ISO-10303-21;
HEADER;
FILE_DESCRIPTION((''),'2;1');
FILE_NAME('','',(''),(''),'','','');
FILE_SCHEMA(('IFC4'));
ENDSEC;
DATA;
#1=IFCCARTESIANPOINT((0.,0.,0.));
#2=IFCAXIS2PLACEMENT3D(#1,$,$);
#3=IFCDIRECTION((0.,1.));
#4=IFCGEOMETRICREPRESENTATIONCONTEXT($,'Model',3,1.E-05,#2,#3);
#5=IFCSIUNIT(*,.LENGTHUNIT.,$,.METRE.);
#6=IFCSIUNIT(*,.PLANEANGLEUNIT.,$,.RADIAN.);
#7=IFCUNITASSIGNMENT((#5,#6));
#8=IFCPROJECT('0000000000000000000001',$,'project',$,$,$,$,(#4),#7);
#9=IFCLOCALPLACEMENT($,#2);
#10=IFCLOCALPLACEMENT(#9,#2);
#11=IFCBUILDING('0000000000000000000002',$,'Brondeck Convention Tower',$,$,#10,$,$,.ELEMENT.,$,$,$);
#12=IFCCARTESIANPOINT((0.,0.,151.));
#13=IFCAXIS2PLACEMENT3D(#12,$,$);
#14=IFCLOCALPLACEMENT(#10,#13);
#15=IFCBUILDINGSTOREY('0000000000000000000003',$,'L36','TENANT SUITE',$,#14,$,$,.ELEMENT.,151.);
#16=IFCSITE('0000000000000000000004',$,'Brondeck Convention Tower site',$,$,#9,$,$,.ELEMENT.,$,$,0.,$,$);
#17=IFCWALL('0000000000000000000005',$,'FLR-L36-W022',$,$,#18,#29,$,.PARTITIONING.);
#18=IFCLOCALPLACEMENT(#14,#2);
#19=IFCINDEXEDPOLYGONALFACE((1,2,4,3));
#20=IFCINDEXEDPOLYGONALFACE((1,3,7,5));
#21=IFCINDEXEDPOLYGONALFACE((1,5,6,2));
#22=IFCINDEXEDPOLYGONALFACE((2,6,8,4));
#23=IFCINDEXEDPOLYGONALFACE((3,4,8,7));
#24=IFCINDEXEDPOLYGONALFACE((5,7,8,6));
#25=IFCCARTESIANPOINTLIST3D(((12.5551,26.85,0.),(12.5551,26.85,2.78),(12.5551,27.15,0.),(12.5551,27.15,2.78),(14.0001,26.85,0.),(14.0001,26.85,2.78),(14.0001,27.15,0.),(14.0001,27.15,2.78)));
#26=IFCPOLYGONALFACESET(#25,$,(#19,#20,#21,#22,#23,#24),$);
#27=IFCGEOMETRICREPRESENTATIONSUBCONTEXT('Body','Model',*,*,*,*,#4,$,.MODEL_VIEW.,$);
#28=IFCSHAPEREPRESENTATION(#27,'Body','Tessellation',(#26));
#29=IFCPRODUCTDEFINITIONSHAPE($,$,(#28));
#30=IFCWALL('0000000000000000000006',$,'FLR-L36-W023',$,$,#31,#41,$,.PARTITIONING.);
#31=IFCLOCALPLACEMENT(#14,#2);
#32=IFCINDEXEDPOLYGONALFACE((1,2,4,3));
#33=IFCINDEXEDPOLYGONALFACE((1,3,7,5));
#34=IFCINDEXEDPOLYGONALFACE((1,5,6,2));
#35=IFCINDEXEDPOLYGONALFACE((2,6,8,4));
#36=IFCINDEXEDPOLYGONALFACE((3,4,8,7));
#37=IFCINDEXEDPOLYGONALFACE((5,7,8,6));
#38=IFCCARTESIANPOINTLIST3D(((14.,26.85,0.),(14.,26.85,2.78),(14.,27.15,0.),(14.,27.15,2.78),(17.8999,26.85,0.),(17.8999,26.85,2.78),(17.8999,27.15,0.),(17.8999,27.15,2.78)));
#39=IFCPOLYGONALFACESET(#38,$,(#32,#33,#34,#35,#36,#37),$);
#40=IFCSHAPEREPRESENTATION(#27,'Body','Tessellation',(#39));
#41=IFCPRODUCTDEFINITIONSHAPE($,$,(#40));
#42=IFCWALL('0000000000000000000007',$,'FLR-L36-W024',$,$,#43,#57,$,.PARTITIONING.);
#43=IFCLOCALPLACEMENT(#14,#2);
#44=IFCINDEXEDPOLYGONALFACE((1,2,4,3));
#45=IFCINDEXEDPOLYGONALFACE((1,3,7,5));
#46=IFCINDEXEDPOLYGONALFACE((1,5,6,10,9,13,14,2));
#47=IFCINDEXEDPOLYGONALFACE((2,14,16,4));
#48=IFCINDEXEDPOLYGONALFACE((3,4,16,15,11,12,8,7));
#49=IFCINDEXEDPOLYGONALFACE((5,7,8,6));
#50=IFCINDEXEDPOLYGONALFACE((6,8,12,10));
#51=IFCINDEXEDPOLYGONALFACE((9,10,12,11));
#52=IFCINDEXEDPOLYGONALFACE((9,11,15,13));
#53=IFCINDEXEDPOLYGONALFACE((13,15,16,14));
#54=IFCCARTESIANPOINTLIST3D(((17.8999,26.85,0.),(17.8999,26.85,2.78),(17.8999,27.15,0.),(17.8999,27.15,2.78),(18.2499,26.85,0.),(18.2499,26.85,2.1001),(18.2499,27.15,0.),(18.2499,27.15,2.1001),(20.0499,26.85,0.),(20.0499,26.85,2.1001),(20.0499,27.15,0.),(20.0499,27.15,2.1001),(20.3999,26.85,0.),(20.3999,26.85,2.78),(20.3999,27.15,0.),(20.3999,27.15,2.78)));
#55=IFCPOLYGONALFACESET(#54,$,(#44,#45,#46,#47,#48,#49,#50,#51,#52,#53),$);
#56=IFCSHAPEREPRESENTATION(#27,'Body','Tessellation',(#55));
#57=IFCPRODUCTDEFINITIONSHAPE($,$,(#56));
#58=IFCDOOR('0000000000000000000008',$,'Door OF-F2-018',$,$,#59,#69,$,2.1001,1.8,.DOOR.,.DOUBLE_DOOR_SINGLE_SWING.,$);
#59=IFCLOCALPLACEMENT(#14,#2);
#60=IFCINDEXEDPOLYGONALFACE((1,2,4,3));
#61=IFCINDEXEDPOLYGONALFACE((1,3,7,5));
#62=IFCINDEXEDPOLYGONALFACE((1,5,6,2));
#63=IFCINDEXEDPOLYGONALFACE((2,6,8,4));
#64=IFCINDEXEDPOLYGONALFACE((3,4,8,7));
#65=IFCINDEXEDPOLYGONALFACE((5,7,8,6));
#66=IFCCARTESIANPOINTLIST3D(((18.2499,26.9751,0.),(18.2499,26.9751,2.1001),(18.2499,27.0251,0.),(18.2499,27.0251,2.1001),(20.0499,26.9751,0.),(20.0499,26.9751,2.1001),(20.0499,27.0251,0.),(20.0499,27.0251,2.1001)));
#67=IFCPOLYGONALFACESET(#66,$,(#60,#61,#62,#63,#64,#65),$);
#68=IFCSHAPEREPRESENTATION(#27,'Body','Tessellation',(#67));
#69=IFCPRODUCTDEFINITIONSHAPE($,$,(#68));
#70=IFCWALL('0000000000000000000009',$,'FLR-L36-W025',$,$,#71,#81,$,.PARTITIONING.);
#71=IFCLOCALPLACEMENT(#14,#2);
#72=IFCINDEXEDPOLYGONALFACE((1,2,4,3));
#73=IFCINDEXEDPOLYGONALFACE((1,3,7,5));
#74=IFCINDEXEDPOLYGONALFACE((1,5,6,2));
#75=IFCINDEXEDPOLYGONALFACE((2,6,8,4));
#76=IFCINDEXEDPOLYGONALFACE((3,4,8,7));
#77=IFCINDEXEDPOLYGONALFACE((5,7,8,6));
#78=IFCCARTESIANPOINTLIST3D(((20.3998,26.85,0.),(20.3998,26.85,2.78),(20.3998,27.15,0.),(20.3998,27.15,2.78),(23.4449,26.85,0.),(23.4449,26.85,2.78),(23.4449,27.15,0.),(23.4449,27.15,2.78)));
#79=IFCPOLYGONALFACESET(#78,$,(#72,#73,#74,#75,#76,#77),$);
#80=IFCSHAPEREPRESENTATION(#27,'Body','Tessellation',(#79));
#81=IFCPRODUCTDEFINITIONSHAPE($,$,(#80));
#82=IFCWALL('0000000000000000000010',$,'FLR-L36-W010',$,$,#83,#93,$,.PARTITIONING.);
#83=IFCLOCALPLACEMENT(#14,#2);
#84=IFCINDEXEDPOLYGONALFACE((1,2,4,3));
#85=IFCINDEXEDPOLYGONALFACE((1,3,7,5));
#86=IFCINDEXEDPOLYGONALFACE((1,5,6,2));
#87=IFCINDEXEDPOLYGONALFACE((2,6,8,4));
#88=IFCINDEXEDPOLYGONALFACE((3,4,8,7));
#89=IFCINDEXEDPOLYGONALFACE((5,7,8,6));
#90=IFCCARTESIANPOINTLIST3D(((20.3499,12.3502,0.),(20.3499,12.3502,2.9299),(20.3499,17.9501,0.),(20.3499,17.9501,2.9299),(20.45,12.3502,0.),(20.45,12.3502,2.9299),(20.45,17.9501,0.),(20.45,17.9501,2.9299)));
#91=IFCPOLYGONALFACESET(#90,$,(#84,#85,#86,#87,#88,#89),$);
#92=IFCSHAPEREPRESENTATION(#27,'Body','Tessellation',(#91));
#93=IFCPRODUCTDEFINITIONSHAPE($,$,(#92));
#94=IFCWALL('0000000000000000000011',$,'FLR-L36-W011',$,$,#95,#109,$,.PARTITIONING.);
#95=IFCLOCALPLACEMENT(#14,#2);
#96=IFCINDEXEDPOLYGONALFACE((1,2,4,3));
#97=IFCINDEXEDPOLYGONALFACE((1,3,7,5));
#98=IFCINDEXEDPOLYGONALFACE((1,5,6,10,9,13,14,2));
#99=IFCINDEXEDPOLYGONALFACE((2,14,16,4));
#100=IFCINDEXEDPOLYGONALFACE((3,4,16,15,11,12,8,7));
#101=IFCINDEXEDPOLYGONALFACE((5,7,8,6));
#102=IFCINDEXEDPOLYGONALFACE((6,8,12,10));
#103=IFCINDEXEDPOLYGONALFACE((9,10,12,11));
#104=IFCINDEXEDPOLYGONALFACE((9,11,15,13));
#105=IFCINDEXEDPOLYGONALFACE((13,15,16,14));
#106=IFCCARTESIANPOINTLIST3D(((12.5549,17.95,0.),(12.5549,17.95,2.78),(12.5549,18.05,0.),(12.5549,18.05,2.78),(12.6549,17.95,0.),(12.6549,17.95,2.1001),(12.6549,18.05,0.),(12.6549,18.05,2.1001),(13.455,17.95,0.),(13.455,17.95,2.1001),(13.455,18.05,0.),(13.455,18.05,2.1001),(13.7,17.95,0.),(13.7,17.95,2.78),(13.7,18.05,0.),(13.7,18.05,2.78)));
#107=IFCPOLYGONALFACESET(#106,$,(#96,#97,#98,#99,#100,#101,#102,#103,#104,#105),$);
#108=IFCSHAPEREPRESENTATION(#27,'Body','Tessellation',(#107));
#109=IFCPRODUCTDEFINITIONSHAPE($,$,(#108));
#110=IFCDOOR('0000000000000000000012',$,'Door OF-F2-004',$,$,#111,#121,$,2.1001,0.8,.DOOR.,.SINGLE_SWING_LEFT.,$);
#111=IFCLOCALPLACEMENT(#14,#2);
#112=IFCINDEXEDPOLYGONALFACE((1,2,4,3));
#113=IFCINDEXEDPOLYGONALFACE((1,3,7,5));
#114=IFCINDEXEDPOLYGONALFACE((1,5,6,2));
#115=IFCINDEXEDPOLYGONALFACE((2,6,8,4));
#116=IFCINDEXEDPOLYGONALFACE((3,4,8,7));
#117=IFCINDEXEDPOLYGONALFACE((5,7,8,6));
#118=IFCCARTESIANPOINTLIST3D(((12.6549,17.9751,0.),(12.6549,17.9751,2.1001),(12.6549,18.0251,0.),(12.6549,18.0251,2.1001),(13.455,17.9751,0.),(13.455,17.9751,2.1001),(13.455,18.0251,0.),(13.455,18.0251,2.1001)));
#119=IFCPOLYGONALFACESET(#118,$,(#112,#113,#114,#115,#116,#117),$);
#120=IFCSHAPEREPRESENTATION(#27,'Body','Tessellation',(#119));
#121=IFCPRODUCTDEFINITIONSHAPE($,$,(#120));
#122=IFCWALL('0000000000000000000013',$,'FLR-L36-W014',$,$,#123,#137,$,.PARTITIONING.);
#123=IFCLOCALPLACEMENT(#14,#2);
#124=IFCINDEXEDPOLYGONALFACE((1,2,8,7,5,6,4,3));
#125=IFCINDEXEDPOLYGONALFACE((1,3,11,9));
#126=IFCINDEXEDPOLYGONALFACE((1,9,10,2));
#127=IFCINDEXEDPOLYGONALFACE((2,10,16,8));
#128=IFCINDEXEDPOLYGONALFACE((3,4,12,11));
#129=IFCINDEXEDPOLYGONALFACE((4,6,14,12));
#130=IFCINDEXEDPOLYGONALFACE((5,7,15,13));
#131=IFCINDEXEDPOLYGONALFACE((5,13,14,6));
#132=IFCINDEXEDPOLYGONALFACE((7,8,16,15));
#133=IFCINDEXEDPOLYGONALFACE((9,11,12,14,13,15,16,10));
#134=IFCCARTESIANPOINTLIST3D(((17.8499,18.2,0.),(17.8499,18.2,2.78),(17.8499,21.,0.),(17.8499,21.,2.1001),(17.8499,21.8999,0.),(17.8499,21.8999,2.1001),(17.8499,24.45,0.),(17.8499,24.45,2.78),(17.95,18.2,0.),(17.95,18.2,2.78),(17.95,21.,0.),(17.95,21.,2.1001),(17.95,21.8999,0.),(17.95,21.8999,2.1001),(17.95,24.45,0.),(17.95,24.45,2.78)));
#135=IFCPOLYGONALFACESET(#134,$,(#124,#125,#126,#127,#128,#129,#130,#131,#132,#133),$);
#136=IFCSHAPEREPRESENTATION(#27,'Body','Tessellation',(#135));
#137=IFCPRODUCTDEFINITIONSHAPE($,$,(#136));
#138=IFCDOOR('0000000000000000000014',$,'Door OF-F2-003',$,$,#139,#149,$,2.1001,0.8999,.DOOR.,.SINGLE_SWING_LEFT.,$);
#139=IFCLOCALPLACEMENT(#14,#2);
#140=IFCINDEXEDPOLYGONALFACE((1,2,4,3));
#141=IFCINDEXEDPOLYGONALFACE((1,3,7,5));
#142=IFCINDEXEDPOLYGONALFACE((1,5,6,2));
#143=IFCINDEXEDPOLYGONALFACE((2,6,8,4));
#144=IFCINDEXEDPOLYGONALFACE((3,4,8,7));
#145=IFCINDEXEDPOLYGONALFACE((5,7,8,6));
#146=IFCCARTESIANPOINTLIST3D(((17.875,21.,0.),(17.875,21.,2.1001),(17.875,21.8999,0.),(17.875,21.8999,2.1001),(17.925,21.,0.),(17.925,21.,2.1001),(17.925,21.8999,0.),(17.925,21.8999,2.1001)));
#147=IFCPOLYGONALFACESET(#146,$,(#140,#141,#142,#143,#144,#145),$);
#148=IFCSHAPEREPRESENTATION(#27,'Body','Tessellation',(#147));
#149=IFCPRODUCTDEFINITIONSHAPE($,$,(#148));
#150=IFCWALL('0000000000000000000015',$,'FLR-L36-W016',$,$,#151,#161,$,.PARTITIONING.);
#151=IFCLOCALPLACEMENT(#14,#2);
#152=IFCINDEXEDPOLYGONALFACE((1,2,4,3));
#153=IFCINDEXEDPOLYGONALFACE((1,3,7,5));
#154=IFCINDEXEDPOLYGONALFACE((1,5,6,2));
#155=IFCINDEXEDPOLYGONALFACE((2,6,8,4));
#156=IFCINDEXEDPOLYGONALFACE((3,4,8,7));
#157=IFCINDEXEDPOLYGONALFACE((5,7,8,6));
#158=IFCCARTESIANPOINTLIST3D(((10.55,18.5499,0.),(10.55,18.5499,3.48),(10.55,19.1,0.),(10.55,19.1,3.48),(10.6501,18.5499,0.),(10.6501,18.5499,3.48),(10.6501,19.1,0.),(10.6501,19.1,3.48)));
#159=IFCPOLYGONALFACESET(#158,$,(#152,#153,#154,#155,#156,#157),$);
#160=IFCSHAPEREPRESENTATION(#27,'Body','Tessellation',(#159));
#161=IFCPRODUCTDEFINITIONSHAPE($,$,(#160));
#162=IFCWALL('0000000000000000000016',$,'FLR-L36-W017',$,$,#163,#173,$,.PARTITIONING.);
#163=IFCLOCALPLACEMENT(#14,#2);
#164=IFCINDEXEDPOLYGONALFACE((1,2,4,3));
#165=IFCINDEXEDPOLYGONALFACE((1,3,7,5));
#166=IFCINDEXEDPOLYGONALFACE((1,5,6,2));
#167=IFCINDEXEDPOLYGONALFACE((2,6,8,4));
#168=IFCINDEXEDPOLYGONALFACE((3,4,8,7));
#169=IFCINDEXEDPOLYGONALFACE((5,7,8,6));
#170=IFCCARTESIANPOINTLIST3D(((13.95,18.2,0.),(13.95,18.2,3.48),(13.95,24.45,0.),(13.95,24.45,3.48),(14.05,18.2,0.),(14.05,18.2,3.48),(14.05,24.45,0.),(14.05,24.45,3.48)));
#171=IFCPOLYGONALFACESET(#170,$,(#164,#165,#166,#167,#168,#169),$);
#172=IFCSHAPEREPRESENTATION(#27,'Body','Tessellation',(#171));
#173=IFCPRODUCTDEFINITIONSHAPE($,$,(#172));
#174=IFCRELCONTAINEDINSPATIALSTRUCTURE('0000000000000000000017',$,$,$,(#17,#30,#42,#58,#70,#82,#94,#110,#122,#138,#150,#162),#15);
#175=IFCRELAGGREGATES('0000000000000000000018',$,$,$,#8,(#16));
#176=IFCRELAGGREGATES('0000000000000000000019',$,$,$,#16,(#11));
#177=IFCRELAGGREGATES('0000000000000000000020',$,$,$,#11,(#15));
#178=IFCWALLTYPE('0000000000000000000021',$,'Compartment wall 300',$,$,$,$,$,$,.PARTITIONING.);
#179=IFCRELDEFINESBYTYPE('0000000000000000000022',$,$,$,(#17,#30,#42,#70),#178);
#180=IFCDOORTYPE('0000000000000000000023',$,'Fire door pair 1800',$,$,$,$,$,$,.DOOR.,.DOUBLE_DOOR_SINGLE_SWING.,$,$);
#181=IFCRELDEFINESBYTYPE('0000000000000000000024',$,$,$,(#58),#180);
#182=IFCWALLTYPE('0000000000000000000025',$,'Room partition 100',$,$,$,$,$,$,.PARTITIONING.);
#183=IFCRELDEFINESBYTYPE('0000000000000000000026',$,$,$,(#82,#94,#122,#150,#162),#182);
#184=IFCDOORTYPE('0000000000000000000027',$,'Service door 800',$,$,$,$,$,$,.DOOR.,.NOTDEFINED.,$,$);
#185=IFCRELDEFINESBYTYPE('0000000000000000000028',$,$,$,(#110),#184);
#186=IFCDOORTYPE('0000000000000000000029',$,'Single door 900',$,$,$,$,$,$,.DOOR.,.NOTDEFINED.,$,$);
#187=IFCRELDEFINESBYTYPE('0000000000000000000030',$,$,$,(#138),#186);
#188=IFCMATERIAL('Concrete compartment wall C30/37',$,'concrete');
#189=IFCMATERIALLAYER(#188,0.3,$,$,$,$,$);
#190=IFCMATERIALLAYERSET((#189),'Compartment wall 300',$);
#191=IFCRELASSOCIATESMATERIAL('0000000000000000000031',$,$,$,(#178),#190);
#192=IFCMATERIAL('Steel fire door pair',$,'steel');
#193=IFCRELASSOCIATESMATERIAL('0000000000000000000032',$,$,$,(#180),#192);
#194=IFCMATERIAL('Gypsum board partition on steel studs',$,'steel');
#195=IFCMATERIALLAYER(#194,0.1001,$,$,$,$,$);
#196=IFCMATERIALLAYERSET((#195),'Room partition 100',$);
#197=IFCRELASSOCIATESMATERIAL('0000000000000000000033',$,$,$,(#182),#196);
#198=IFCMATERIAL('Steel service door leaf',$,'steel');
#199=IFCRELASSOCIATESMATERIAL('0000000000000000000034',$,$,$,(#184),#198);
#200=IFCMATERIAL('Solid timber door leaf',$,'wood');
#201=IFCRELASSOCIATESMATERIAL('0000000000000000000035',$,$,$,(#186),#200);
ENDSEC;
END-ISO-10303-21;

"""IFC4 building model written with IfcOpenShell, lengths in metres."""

from ifc_helpers import new_model, si_unit, direction, frame, frame_2d, origin, place, context, subcontext, project, spatial, rectangle, extrude, material, layer, layer_set, type_object, element, fill, save


model = new_model("IFC4")

# Units and contexts
model_context = context("Model", 3, precision=1e-05, world=origin(), true_north=direction((0.0, 1.0)))
body_context = subcontext(model_context, "Body", "Model", "MODEL_VIEW")
ifc_project = project(units=[si_unit("LENGTHUNIT", "METRE"), si_unit("PLANEANGLEUNIT", "RADIAN")], contexts=[model_context])

# Site, building, storey
site_placement = place(None, origin())
site = spatial("IfcSite", under=ifc_project, at=site_placement, Name="Brondeck Convention Tower site", CompositionType="ELEMENT", RefElevation=0.0)
building_placement = place(site_placement, origin())
building = spatial("IfcBuilding", under=site, at=building_placement, Name="Brondeck Convention Tower", CompositionType="ELEMENT")
storey_placement = place(building_placement, frame((0.0, 0.0, 151.0)))
storey = spatial("IfcBuildingStorey", under=building, at=storey_placement, Name="L36", Description="TENANT SUITE", CompositionType="ELEMENT", Elevation=151.0)

# Walls
ifc_material_1 = material(Name="Concrete compartment wall C30/37", Category="concrete")
ifc_layer_1 = layer(ifc_material_1, 0.3)
ifc_layer_set_1 = layer_set([ifc_layer_1], Name="Compartment wall 300")
wall_type_1 = type_object("IfcWallType", Name="Compartment wall 300", PredefinedType="PARTITIONING", material=ifc_layer_set_1)
wall_1_placement = place(storey_placement, frame((12.5549, 27.0, 0.0), z_axis=(0.0, 0.0, 1.0), x_axis=(1.0, 0.0, 0.0)))
element("IfcWall", 1, at=wall_1_placement, inside=storey, type_object=wall_type_1, Name="FLR-L36-W022", PredefinedType="PARTITIONING", context=body_context, shape_type="SweptSolid", body=[
    extrude(rectangle(XDim=1.4451, YDim=0.3, at=frame_2d((0.7227, 0.0))), origin(), (0.0, 0.0, 1.0), 2.78),
])
wall_2_placement = place(storey_placement, frame((14.0, 27.0, 0.0), z_axis=(0.0, 0.0, 1.0), x_axis=(1.0, 0.0, 0.0)))
element("IfcWall", 2, at=wall_2_placement, inside=storey, type_object=wall_type_1, Name="FLR-L36-W023", PredefinedType="PARTITIONING", context=body_context, shape_type="SweptSolid", body=[
    extrude(rectangle(XDim=3.8999, YDim=0.3, at=frame_2d((1.95, 0.0))), origin(), (0.0, 0.0, 1.0), 2.78),
])

# Wall, opening, door
wall_3_placement = place(storey_placement, frame((20.3999, 27.0, 0.0), z_axis=(0.0, 0.0, 1.0), x_axis=(-1.0, 0.0, 0.0)))
wall_3 = element("IfcWall", 3, at=wall_3_placement, inside=storey, type_object=wall_type_1, Name="FLR-L36-W024", PredefinedType="PARTITIONING", context=body_context, shape_type="SweptSolid", body=[
    extrude(rectangle(XDim=2.5, YDim=0.3, at=frame_2d((1.25, 0.0))), origin(), (0.0, 0.0, 1.0), 2.78),
])
opening_1_placement = place(wall_3_placement, frame((0.3501, 0.0, 0.0)))
opening_1 = element("IfcOpeningElement", 4, at=opening_1_placement, cuts=wall_3, PredefinedType="OPENING", context=body_context, shape_type="SweptSolid", body=[
    extrude(rectangle(XDim=1.8, YDim=2.1001, at=frame_2d((0.8999, 1.05))), frame((0.0, 0.1599, 0.0), z_axis=(0.0, -1.0, 0.0), x_axis=(1.0, 0.0, 0.0)), (0.0, 0.0, 1.0), 0.3201),
])
ifc_material_2 = material(Name="Steel fire door pair", Category="steel")
door_type_1 = type_object("IfcDoorType", Name="Fire door pair 1800", OperationType="DOUBLE_DOOR_SINGLE_SWING", PredefinedType="DOOR", material=ifc_material_2)
door_1_placement = place(opening_1_placement, origin())
door_1 = element("IfcDoor", 5, at=door_1_placement, inside=storey, type_object=door_type_1, Name="Door OF-F2-018", OperationType="DOUBLE_DOOR_SINGLE_SWING", OverallHeight=2.1001, OverallWidth=1.8, PredefinedType="DOOR", context=body_context, shape_type="SweptSolid", body=[
    extrude(rectangle(XDim=1.8, YDim=2.1001, at=frame_2d((0.8999, 1.05))), frame((0.0, 0.0249, 0.0), z_axis=(0.0, -1.0, 0.0), x_axis=(1.0, 0.0, 0.0)), (0.0, 0.0, 1.0), 0.05),
])
fill(opening_1, door_1)

# Walls
wall_4_placement = place(storey_placement, frame((20.3999, 27.0, 0.0), z_axis=(0.0, 0.0, 1.0), x_axis=(1.0, 0.0, 0.0)))
element("IfcWall", 6, at=wall_4_placement, inside=storey, type_object=wall_type_1, Name="FLR-L36-W025", PredefinedType="PARTITIONING", context=body_context, shape_type="SweptSolid", body=[
    extrude(rectangle(XDim=3.0452, YDim=0.3, at=frame_2d((1.5225, 0.0))), origin(), (0.0, 0.0, 1.0), 2.78),
])
ifc_material_3 = material(Name="Gypsum board partition on steel studs", Category="steel")
ifc_layer_2 = layer(ifc_material_3, 0.1001)
ifc_layer_set_2 = layer_set([ifc_layer_2], Name="Room partition 100")
wall_type_2 = type_object("IfcWallType", Name="Room partition 100", PredefinedType="PARTITIONING", material=ifc_layer_set_2)
wall_5_placement = place(storey_placement, frame((20.3999, 17.95, 0.0), z_axis=(0.0, 0.0, 1.0), x_axis=(0.0, -1.0, 0.0)))
element("IfcWall", 7, at=wall_5_placement, inside=storey, type_object=wall_type_2, Name="FLR-L36-W010", PredefinedType="PARTITIONING", context=body_context, shape_type="SweptSolid", body=[
    extrude(rectangle(XDim=5.5999, YDim=0.1001, at=frame_2d((2.7998, 0.0))), origin(), (0.0, 0.0, 1.0), 2.9299),
])

# Walls, openings, doors
wall_6_placement = place(storey_placement, frame((13.7, 18.0, 0.0), z_axis=(0.0, 0.0, 1.0), x_axis=(-1.0, 0.0, 0.0)))
wall_6 = element("IfcWall", 8, at=wall_6_placement, inside=storey, type_object=wall_type_2, Name="FLR-L36-W011", PredefinedType="PARTITIONING", context=body_context, shape_type="SweptSolid", body=[
    extrude(rectangle(XDim=1.145, YDim=0.1001, at=frame_2d((0.5725, 0.0))), origin(), (0.0, 0.0, 1.0), 2.78),
])
opening_2_placement = place(wall_6_placement, frame((0.2451, 0.0, 0.0)))
opening_2 = element("IfcOpeningElement", 9, at=opening_2_placement, cuts=wall_6, PredefinedType="OPENING", context=body_context, shape_type="SweptSolid", body=[
    extrude(rectangle(XDim=0.8, YDim=2.1001, at=frame_2d((0.3999, 1.05))), frame((0.0, 0.0601, 0.0), z_axis=(0.0, -1.0, 0.0), x_axis=(1.0, 0.0, 0.0)), (0.0, 0.0, 1.0), 0.1201),
])
ifc_material_4 = material(Name="Steel service door leaf", Category="steel")
door_type_2 = type_object("IfcDoorType", Name="Service door 800", OperationType="NOTDEFINED", PredefinedType="DOOR", material=ifc_material_4)
door_2_placement = place(opening_2_placement, origin())
door_2 = element("IfcDoor", 10, at=door_2_placement, inside=storey, type_object=door_type_2, Name="Door OF-F2-004", OperationType="SINGLE_SWING_LEFT", OverallHeight=2.1001, OverallWidth=0.8, PredefinedType="DOOR", context=body_context, shape_type="SweptSolid", body=[
    extrude(rectangle(XDim=0.8, YDim=2.1001, at=frame_2d((0.3999, 1.05))), frame((0.0, 0.0249, 0.0), z_axis=(0.0, -1.0, 0.0), x_axis=(1.0, 0.0, 0.0)), (0.0, 0.0, 1.0), 0.05),
])
fill(opening_2, door_2)
wall_7_placement = place(storey_placement, frame((17.8999, 18.2, 0.0), z_axis=(0.0, 0.0, 1.0), x_axis=(0.0, 1.0, 0.0)))
wall_7 = element("IfcWall", 11, at=wall_7_placement, inside=storey, type_object=wall_type_2, Name="FLR-L36-W014", PredefinedType="PARTITIONING", context=body_context, shape_type="SweptSolid", body=[
    extrude(rectangle(XDim=6.25, YDim=0.1001, at=frame_2d((3.125, 0.0))), origin(), (0.0, 0.0, 1.0), 2.78),
])
opening_3_placement = place(wall_7_placement, frame((2.8, 0.0, 0.0)))
opening_3 = element("IfcOpeningElement", 12, at=opening_3_placement, cuts=wall_7, PredefinedType="OPENING", context=body_context, shape_type="SweptSolid", body=[
    extrude(rectangle(XDim=0.8999, YDim=2.1001, at=frame_2d((0.45, 1.05))), frame((0.0, 0.0601, 0.0), z_axis=(0.0, -1.0, 0.0), x_axis=(1.0, 0.0, 0.0)), (0.0, 0.0, 1.0), 0.1201),
])
ifc_material_5 = material(Name="Solid timber door leaf", Category="wood")
door_type_3 = type_object("IfcDoorType", Name="Single door 900", OperationType="NOTDEFINED", PredefinedType="DOOR", material=ifc_material_5)
door_3_placement = place(opening_3_placement, origin())
door_3 = element("IfcDoor", 13, at=door_3_placement, inside=storey, type_object=door_type_3, Name="Door OF-F2-003", OperationType="SINGLE_SWING_LEFT", OverallHeight=2.1001, OverallWidth=0.8999, PredefinedType="DOOR", context=body_context, shape_type="SweptSolid", body=[
    extrude(rectangle(XDim=0.8999, YDim=2.1001, at=frame_2d((0.45, 1.05))), frame((0.0, 0.0249, 0.0), z_axis=(0.0, -1.0, 0.0), x_axis=(1.0, 0.0, 0.0)), (0.0, 0.0, 1.0), 0.05),
])
fill(opening_3, door_3)

# Walls
wall_8_placement = place(storey_placement, frame((10.6001, 18.55, 0.0), z_axis=(0.0, 0.0, 1.0), x_axis=(0.0, 1.0, 0.0)))
element("IfcWall", 14, at=wall_8_placement, inside=storey, type_object=wall_type_2, Name="FLR-L36-W016", PredefinedType="PARTITIONING", context=body_context, shape_type="SweptSolid", body=[
    extrude(rectangle(XDim=0.55, YDim=0.1001, at=frame_2d((0.2749, 0.0))), origin(), (0.0, 0.0, 1.0), 3.48),
])
wall_9_placement = place(storey_placement, frame((14.0, 24.45, 0.0), z_axis=(0.0, 0.0, 1.0), x_axis=(0.0, -1.0, 0.0)))
element("IfcWall", 15, at=wall_9_placement, inside=storey, type_object=wall_type_2, Name="FLR-L36-W017", PredefinedType="PARTITIONING", context=body_context, shape_type="SweptSolid", body=[
    extrude(rectangle(XDim=6.25, YDim=0.1001, at=frame_2d((3.125, 0.0))), origin(), (0.0, 0.0, 1.0), 3.48),
])

save(model, "model.ifc")
